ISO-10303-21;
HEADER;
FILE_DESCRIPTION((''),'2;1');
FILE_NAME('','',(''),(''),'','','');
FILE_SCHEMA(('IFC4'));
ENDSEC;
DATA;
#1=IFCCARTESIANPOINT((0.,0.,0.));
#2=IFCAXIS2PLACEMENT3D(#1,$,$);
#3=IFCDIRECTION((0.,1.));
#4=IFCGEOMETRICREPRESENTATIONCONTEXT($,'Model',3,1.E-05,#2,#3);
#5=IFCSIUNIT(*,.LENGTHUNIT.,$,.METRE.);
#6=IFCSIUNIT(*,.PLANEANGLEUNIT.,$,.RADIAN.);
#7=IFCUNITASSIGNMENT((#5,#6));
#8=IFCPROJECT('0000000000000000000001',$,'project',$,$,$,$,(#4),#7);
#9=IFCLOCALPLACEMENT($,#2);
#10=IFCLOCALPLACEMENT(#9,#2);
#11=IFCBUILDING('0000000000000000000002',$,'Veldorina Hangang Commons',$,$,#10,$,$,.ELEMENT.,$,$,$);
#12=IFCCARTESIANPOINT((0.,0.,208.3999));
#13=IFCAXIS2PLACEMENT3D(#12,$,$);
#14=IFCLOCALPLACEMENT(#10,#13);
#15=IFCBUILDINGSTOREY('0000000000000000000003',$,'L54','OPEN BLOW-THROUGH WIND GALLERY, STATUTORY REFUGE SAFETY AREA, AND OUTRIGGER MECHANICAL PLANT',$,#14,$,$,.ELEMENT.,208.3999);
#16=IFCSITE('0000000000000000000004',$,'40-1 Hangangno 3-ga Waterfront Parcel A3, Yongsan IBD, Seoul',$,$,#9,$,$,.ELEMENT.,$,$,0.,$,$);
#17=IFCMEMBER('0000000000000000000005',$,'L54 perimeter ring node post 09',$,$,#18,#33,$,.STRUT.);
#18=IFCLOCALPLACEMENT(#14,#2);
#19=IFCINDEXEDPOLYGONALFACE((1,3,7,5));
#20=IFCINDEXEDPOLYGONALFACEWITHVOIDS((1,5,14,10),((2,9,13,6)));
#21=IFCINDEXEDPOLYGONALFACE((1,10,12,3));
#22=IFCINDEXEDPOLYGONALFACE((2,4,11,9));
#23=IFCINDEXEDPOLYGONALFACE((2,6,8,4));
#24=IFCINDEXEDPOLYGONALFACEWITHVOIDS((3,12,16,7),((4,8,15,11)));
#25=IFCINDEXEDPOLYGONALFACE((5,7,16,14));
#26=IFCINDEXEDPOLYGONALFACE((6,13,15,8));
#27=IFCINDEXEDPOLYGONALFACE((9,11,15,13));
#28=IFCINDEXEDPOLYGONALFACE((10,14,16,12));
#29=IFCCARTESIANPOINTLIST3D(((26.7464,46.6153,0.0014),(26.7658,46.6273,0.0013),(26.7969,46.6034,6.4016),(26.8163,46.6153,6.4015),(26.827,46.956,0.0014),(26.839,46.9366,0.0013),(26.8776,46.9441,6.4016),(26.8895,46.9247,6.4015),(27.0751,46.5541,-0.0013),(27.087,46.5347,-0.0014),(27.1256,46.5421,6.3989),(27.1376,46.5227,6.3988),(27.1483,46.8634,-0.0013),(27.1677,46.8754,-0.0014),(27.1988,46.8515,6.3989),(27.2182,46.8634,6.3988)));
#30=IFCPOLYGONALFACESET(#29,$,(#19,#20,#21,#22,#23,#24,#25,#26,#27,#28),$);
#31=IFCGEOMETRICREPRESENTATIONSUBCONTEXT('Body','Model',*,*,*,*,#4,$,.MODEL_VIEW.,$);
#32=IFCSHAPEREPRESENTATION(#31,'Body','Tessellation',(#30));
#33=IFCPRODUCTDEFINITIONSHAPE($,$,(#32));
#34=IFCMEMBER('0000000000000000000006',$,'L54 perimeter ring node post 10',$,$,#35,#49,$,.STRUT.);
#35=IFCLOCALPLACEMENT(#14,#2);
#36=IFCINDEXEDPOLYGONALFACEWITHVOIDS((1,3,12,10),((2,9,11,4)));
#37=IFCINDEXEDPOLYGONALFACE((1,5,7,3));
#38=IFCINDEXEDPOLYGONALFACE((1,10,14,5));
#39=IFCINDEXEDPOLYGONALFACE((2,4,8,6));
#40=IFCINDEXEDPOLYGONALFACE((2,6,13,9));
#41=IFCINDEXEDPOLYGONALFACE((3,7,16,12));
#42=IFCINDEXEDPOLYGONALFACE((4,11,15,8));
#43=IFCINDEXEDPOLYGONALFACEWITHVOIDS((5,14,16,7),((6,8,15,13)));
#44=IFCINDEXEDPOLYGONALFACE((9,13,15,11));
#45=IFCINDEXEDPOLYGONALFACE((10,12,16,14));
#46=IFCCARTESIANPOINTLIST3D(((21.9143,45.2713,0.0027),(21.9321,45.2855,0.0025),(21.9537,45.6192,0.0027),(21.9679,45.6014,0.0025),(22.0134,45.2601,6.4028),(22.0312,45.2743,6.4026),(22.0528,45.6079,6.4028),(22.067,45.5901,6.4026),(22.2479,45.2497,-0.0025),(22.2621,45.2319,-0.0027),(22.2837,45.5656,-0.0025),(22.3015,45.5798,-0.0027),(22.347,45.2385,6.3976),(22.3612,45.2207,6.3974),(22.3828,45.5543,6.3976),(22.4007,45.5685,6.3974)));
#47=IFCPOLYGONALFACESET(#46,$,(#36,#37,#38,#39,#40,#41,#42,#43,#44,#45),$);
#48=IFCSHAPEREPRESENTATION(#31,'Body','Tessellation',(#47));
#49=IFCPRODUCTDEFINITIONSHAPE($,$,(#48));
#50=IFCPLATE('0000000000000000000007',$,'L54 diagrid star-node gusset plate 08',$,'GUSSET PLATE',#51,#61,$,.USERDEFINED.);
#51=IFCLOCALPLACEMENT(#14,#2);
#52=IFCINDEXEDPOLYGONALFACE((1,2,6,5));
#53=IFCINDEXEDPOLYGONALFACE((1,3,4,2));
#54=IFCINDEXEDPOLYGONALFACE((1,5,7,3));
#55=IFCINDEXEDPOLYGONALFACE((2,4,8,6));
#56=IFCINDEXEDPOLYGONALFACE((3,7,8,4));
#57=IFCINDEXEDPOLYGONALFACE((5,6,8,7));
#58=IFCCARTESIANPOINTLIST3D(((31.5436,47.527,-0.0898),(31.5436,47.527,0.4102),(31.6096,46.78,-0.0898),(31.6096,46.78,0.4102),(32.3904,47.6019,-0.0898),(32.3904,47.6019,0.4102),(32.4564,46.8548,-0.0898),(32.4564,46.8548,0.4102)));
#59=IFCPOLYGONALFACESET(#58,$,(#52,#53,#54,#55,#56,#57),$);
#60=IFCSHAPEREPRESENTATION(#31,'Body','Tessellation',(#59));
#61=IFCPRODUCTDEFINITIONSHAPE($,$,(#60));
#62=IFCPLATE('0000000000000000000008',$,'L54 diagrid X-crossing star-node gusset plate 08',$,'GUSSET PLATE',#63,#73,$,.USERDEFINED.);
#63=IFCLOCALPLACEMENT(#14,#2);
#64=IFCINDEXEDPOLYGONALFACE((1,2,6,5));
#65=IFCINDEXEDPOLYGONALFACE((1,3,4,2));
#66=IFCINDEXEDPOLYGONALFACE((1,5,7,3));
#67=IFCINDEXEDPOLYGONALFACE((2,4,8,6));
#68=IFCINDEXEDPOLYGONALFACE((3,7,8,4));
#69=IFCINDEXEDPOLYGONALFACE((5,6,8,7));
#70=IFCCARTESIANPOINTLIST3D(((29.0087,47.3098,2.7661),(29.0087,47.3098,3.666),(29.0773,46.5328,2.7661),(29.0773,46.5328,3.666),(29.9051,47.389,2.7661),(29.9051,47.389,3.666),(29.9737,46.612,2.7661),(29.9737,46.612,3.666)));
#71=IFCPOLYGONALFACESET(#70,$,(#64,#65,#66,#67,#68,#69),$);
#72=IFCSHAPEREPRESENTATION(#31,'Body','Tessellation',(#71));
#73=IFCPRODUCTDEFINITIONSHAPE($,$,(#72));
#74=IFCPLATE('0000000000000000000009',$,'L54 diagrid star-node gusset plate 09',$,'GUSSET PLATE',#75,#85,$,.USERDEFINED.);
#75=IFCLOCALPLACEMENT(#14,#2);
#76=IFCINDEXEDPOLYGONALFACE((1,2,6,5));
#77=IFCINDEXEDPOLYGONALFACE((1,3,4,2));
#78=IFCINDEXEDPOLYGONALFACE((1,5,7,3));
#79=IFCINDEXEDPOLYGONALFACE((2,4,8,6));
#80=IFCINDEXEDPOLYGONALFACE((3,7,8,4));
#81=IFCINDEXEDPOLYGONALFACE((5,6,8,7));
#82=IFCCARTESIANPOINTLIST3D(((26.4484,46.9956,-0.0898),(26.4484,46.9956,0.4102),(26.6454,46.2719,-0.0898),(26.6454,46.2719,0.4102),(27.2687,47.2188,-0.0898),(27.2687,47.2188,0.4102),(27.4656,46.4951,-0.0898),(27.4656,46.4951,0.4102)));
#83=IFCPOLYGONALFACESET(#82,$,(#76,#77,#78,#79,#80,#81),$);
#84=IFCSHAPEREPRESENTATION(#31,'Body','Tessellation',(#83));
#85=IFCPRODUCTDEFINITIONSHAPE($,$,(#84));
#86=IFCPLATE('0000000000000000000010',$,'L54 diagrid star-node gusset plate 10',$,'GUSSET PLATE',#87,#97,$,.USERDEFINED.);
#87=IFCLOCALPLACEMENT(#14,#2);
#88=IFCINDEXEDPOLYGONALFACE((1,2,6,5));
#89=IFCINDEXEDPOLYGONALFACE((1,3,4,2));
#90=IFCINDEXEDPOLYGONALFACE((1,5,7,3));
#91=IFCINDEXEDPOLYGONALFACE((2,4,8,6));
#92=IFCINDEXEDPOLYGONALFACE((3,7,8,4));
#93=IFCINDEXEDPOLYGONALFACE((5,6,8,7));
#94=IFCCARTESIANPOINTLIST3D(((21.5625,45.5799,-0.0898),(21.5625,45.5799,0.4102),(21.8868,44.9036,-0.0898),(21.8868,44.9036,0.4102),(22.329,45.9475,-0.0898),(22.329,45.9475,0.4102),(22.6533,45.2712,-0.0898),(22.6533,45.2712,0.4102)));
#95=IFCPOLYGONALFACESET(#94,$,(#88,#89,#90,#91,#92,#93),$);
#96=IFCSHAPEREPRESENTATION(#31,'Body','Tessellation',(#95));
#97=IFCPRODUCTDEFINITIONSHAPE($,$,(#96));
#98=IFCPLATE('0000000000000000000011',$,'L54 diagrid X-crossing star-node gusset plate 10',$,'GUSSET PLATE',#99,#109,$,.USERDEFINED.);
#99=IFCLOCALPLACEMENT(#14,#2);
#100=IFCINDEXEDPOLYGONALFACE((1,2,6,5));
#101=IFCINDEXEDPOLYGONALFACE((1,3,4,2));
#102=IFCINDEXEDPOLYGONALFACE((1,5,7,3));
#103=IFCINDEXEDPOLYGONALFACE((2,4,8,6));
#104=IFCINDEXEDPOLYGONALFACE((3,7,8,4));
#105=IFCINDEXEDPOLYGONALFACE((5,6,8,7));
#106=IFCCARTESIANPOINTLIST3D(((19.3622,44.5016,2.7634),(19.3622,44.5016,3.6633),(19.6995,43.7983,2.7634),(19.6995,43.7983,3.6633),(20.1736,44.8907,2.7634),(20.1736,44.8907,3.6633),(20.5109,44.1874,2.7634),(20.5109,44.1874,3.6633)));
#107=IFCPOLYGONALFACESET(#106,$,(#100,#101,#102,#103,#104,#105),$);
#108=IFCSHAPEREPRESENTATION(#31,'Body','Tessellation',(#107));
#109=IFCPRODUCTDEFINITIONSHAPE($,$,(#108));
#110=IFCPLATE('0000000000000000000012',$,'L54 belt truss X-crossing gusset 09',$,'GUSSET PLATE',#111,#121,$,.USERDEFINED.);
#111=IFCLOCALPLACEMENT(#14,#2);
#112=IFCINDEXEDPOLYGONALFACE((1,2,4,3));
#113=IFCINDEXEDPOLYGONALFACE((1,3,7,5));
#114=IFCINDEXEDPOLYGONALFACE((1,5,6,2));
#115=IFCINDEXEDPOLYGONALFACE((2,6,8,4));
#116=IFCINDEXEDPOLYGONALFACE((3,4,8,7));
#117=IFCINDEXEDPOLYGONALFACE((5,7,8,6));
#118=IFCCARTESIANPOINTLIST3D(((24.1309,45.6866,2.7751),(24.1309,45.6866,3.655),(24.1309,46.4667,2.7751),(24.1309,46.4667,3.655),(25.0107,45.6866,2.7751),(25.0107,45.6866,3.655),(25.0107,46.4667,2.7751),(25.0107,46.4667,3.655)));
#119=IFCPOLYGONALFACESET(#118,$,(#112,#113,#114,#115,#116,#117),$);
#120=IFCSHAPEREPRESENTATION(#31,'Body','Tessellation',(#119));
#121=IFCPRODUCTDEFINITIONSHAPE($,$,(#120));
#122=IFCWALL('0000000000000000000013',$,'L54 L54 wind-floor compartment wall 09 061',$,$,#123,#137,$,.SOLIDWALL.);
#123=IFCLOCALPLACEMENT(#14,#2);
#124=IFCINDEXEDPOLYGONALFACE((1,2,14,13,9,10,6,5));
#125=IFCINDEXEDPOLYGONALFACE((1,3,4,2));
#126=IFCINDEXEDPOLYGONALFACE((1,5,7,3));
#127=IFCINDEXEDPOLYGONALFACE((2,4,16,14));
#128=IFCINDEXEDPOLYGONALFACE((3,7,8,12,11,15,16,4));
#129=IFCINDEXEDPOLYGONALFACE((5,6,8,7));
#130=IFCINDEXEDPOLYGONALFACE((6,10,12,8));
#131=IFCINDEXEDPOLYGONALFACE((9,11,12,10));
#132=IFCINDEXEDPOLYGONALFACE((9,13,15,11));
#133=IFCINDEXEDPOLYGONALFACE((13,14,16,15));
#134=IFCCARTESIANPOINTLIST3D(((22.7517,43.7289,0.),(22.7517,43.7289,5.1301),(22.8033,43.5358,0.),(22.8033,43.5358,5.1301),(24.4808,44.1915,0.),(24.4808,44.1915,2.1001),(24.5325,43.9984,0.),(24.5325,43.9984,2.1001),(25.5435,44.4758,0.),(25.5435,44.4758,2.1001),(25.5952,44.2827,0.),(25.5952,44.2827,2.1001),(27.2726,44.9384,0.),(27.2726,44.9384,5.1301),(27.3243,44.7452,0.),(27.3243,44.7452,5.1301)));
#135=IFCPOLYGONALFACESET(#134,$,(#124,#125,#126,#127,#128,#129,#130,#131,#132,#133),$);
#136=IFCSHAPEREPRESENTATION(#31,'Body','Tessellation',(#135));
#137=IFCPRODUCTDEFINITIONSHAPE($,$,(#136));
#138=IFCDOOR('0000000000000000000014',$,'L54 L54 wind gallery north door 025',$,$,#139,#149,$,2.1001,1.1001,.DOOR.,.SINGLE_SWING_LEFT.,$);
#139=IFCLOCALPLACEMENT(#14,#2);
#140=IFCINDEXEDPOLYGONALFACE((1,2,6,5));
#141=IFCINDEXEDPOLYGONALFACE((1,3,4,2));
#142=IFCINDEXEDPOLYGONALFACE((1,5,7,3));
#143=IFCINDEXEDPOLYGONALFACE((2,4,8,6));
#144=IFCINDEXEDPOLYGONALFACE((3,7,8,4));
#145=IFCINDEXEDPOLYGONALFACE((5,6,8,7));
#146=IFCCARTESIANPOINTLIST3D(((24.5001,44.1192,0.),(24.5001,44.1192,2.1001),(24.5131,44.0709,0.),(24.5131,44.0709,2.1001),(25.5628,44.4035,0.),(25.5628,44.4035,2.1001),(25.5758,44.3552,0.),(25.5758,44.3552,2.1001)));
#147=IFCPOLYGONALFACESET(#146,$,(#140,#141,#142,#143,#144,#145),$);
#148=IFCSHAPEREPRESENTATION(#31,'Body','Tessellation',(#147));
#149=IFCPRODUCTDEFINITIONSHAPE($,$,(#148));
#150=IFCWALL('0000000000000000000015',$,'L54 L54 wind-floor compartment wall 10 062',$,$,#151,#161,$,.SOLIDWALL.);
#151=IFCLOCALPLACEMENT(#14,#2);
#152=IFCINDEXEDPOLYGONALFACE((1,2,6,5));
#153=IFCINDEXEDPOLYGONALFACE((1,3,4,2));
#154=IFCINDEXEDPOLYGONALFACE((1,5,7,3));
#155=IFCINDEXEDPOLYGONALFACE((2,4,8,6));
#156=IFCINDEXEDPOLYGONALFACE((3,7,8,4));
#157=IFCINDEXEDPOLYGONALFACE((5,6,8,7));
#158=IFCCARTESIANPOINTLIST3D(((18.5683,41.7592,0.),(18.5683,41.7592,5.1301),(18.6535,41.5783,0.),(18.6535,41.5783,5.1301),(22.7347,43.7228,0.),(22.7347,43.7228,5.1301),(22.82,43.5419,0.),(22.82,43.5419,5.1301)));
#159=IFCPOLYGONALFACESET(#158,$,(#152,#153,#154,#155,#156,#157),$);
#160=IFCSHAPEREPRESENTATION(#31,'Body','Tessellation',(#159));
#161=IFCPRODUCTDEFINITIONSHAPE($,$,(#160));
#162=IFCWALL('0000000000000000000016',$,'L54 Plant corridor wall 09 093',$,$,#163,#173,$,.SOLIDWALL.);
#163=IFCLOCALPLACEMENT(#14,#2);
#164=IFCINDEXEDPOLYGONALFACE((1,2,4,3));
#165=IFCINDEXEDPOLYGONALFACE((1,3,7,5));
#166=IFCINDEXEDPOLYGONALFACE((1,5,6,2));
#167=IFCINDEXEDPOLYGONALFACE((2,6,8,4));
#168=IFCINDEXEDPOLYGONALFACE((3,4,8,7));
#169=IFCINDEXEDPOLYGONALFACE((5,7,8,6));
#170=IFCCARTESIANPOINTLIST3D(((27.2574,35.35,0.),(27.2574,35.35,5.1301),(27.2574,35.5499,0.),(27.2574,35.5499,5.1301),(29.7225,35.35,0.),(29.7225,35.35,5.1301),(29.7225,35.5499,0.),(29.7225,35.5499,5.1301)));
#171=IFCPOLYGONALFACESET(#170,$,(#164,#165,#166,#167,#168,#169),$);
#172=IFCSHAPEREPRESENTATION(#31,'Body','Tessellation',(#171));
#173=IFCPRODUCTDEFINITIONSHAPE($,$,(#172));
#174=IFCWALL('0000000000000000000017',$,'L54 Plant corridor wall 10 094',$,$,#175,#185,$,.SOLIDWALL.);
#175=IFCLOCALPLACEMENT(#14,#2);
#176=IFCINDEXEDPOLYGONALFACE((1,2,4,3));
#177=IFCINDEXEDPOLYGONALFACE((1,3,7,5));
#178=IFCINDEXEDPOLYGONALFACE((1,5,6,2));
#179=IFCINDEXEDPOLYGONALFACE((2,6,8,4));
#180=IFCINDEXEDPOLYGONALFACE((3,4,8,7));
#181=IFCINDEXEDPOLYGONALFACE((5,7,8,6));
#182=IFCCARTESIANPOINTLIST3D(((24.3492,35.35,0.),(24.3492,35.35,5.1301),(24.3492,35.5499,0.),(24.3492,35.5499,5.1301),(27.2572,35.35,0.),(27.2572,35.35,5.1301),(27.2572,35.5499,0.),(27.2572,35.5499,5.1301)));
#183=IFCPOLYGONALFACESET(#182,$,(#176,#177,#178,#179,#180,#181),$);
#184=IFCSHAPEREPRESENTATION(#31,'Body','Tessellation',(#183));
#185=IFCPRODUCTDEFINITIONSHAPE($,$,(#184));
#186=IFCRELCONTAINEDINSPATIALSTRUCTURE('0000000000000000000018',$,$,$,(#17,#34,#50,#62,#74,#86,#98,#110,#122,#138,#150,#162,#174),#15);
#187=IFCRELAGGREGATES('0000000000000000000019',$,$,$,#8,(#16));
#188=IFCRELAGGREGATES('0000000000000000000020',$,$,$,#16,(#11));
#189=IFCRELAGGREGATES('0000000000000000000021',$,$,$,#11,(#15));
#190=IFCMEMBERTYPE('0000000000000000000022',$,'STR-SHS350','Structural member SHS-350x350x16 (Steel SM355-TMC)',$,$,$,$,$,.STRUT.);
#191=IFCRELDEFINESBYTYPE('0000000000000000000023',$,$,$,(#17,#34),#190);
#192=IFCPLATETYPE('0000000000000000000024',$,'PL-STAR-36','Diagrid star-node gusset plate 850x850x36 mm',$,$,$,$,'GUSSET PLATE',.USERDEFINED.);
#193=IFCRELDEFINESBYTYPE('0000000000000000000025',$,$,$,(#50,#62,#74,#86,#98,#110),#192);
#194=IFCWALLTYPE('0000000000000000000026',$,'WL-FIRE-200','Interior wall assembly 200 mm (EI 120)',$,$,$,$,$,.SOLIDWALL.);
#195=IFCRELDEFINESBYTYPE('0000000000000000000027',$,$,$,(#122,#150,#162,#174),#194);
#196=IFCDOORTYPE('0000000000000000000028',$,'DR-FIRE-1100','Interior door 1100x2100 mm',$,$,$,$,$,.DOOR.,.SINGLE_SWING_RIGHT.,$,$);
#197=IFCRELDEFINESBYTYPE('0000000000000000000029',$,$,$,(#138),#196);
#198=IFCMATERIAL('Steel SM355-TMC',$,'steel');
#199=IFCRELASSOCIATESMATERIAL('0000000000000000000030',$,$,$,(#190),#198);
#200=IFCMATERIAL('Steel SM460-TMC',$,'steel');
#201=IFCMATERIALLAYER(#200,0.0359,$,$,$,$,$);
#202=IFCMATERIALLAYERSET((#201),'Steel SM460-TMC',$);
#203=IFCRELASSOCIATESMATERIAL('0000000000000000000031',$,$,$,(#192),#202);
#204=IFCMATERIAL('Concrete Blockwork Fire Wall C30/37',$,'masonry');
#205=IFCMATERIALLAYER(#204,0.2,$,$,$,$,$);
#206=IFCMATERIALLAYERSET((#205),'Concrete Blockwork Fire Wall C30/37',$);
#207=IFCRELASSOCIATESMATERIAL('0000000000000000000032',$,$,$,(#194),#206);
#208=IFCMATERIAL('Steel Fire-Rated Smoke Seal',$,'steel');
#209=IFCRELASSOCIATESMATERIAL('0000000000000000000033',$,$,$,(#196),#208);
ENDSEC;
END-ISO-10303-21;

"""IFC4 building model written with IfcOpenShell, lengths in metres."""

from ifc_helpers import new_model, si_unit, direction, frame, frame_2d, origin, origin_2d, place, context, subcontext, project, spatial, rectangle, hollow_rectangle, extrude, material, layer, layer_set, material_profile, profile_set, type_object, element, fill, save


model = new_model("IFC4")

# Units and contexts
model_context = context("Model", 3, precision=1e-05, world=origin(), true_north=direction((0.0, 1.0)))
body_context = subcontext(model_context, "Body", "Model", "MODEL_VIEW")
ifc_project = project(units=[si_unit("LENGTHUNIT", "METRE"), si_unit("PLANEANGLEUNIT", "RADIAN")], contexts=[model_context])

# Site, building, storey
site_placement = place(None, origin())
site = spatial("IfcSite", under=ifc_project, at=site_placement, Name="40-1 Hangangno 3-ga Waterfront Parcel A3, Yongsan IBD, Seoul", CompositionType="ELEMENT", RefElevation=0.0)
building_placement = place(site_placement, origin())
building = spatial("IfcBuilding", under=site, at=building_placement, Name="Veldorina Hangang Commons", CompositionType="ELEMENT")
storey_placement = place(building_placement, frame((0.0, 0.0, 208.3999)))
storey = spatial("IfcBuildingStorey", under=building, at=storey_placement, Name="L54", Description="OPEN BLOW-THROUGH WIND GALLERY, STATUTORY REFUGE SAFETY AREA, AND OUTRIGGER MECHANICAL PLANT", CompositionType="ELEMENT", Elevation=208.3999)

# Shared definitions
ifc_material_1 = material(Name="Steel SM460-TMC", Category="steel")

# Members
ifc_material_2 = material(Name="Steel SM355-TMC", Category="steel")
ifc_material_profile_1 = material_profile(ifc_material_2, hollow_rectangle(XDim=0.3501, YDim=0.3501, WallThickness=0.0161, at=origin_2d()), Name="SHS-350x350x16")
ifc_profile_set_1 = profile_set([ifc_material_profile_1], Name="Steel SM355-TMC")
member_type_1 = type_object("IfcMemberType", Name="STR-SHS350", Description="Structural member SHS-350x350x16 (Steel SM355-TMC)", PredefinedType="STRUT", material=ifc_profile_set_1)
member_1_placement = place(storey_placement, frame((26.957, 46.7454, 0.0), z_axis=(0.007896, -0.001869, 0.999967), x_axis=(0.230349, 0.973108, 0.0)))
element("IfcMember", 1, at=member_1_placement, inside=storey, type_object=member_type_1, Name="L54 perimeter ring node post 09", PredefinedType="STRUT", context=body_context, shape_type="SweptSolid", body=[
    extrude(hollow_rectangle(XDim=0.3501, YDim=0.3501, WallThickness=0.0161, at=origin_2d()), origin(), (0.0, 0.0, 1.0), 6.4004),
])
member_2_placement = place(storey_placement, frame((22.1079, 45.4255, 0.0), z_axis=(0.015485, -0.001755, 0.999879), x_axis=(0.11258, 0.993643, 0.0)))
element("IfcMember", 2, at=member_2_placement, inside=storey, type_object=member_type_1, Name="L54 perimeter ring node post 10", PredefinedType="STRUT", context=body_context, shape_type="SweptSolid", body=[
    extrude(hollow_rectangle(XDim=0.3501, YDim=0.3501, WallThickness=0.0161, at=origin_2d()), origin(), (0.0, 0.0, 1.0), 6.4009),
])

# Plates
ifc_layer_1 = layer(ifc_material_1, 0.0359)
ifc_layer_set_1 = layer_set([ifc_layer_1], Name="Steel SM460-TMC")
plate_type = type_object("IfcPlateType", Name="PL-STAR-36", Description="Diagrid star-node gusset plate 850x850x36 mm", ElementType="GUSSET PLATE", PredefinedType="USERDEFINED", material=ifc_layer_set_1)
plate_1_placement = place(storey_placement, frame((32.0, 47.1909, -0.0898), z_axis=(0.0, 0.0, 1.0), x_axis=(-0.996118, -0.088025, 0.0)))
element("IfcPlate", 3, at=plate_1_placement, inside=storey, type_object=plate_type, Name="L54 diagrid star-node gusset plate 08", ObjectType="GUSSET PLATE", PredefinedType="USERDEFINED", context=body_context, shape_type="SweptSolid", body=[
    extrude(rectangle(XDim=0.8501, YDim=0.75, at=origin_2d()), origin(), (0.0, 0.0, 1.0), 0.5),
])
plate_2_placement = place(storey_placement, frame((29.4912, 46.9609, 2.7661), z_axis=(0.0, 0.0, 1.0), x_axis=(-0.996118, -0.088025, 0.0)))
element("IfcPlate", 4, at=plate_2_placement, inside=storey, type_object=plate_type, Name="L54 diagrid X-crossing star-node gusset plate 08", ObjectType="GUSSET PLATE", PredefinedType="USERDEFINED", context=body_context, shape_type="SweptSolid", body=[
    extrude(rectangle(XDim=0.8999, YDim=0.78, at=origin_2d()), origin(), (0.0, 0.0, 1.0), 0.8999),
])
for number, where, z_axis, x_axis, name in (
    (5, (26.957, 46.7454, -0.0898), (0.0, 0.0, 1.0), (-0.964907, -0.262593, 0.0), "L54 diagrid star-node gusset plate 09"),
    (6, (22.1079, 45.4255, -0.0898), (0.0, 0.0, 1.0), (-0.901682, -0.432401, 0.0), "L54 diagrid star-node gusset plate 10"),
):
    element("IfcPlate", number, at=place(storey_placement, frame(where, z_axis=z_axis, x_axis=x_axis)), inside=storey, type_object=plate_type, Name=name, ObjectType="GUSSET PLATE", PredefinedType="USERDEFINED", context=body_context, shape_type="SweptSolid", body=[
        extrude(rectangle(XDim=0.8501, YDim=0.75, at=origin_2d()), origin(), (0.0, 0.0, 1.0), 0.5),
    ])
plate_3_placement = place(storey_placement, frame((19.9365, 44.3445, 2.7634), z_axis=(0.0, 0.0, 1.0), x_axis=(-0.901682, -0.432401, 0.0)))
element("IfcPlate", 7, at=plate_3_placement, inside=storey, type_object=plate_type, Name="L54 diagrid X-crossing star-node gusset plate 10", ObjectType="GUSSET PLATE", PredefinedType="USERDEFINED", context=body_context, shape_type="SweptSolid", body=[
    extrude(rectangle(XDim=0.8999, YDim=0.78, at=origin_2d()), origin(), (0.0, 0.0, 1.0), 0.8999),
])
plate_4_placement = place(storey_placement, frame((24.5708, 46.0767, 2.7751), z_axis=(0.0, 0.0, 1.0), x_axis=(1.0, 0.0, 0.0)))
element("IfcPlate", 8, at=plate_4_placement, inside=storey, type_object=plate_type, Name="L54 belt truss X-crossing gusset 09", ObjectType="GUSSET PLATE", PredefinedType="USERDEFINED", context=body_context, shape_type="SweptSolid", body=[
    extrude(rectangle(XDim=0.8799, YDim=0.78, at=origin_2d()), origin(), (0.0, 0.0, 1.0), 0.8799),
])

# Wall, opening, door
ifc_material_3 = material(Name="Concrete Blockwork Fire Wall C30/37", Category="masonry")
ifc_layer_2 = layer(ifc_material_3, 0.2)
ifc_layer_set_2 = layer_set([ifc_layer_2], Name="Concrete Blockwork Fire Wall C30/37")
wall_type = type_object("IfcWallType", Name="WL-FIRE-200", Description="Interior wall assembly 200 mm (EI 120)", PredefinedType="SOLIDWALL", material=ifc_layer_set_2)
wall_1_placement = place(storey_placement, frame((27.2983, 44.8418, 0.0), z_axis=(0.0, 0.0, 1.0), x_axis=(-0.966029, -0.258435, 0.0)))
wall_1 = element("IfcWall", 9, at=wall_1_placement, inside=storey, type_object=wall_type, Name="L54 L54 wind-floor compartment wall 09 061", PredefinedType="SOLIDWALL", context=body_context, shape_type="SweptSolid", body=[
    extrude(rectangle(XDim=4.6799, YDim=0.2, at=frame_2d((2.3398, 0.0))), origin(), (0.0, 0.0, 1.0), 5.1301),
])
opening_1_placement = place(wall_1_placement, frame((1.7898, 0.0, 0.0)))
opening_1 = element("IfcOpeningElement", 10, at=opening_1_placement, cuts=wall_1, PredefinedType="OPENING", context=body_context, shape_type="SweptSolid", body=[
    extrude(rectangle(XDim=1.1001, YDim=2.1001, at=frame_2d((0.55, 1.05))), frame((0.0, 0.1099, 0.0), z_axis=(0.0, -1.0, 0.0), x_axis=(1.0, 0.0, 0.0)), (0.0, 0.0, 1.0), 0.22),
])
ifc_material_4 = material(Name="Steel Fire-Rated Smoke Seal", Category="steel")
door_type_1 = type_object("IfcDoorType", Name="DR-FIRE-1100", Description="Interior door 1100x2100 mm", OperationType="SINGLE_SWING_RIGHT", PredefinedType="DOOR", material=ifc_material_4)
door_1_placement = place(opening_1_placement, origin())
door_1 = element("IfcDoor", 11, at=door_1_placement, inside=storey, type_object=door_type_1, Name="L54 L54 wind gallery north door 025", OperationType="SINGLE_SWING_LEFT", OverallHeight=2.1001, OverallWidth=1.1001, PredefinedType="DOOR", context=body_context, shape_type="SweptSolid", body=[
    extrude(rectangle(XDim=1.1001, YDim=2.1001, at=frame_2d((0.55, 1.05))), frame((0.0, 0.0249, 0.0), z_axis=(0.0, -1.0, 0.0), x_axis=(1.0, 0.0, 0.0)), (0.0, 0.0, 1.0), 0.05),
])
fill(opening_1, door_1)

# Walls
wall_2_placement = place(storey_placement, frame((22.7773, 43.6323, 0.0), z_axis=(0.0, 0.0, 1.0), x_axis=(-0.904575, -0.426315, 0.0)))
element("IfcWall", 12, at=wall_2_placement, inside=storey, type_object=wall_type, Name="L54 L54 wind-floor compartment wall 10 062", PredefinedType="SOLIDWALL", context=body_context, shape_type="SweptSolid", body=[
    extrude(rectangle(XDim=4.606, YDim=0.2, at=frame_2d((2.303, 0.0))), origin(), (0.0, 0.0, 1.0), 5.1301),
])
wall_3_placement = place(storey_placement, frame((29.7224, 35.45, 0.0), z_axis=(0.0, 0.0, 1.0), x_axis=(-1.0, 0.0, 0.0)))
element("IfcWall", 13, at=wall_3_placement, inside=storey, type_object=wall_type, Name="L54 Plant corridor wall 09 093", PredefinedType="SOLIDWALL", context=body_context, shape_type="SweptSolid", body=[
    extrude(rectangle(XDim=2.4651, YDim=0.2, at=frame_2d((1.2324, 0.0))), origin(), (0.0, 0.0, 1.0), 5.1301),
])
wall_4_placement = place(storey_placement, frame((27.2573, 35.45, 0.0), z_axis=(0.0, 0.0, 1.0), x_axis=(-1.0, 0.0, 0.0)))
element("IfcWall", 14, at=wall_4_placement, inside=storey, type_object=wall_type, Name="L54 Plant corridor wall 10 094", PredefinedType="SOLIDWALL", context=body_context, shape_type="SweptSolid", body=[
    extrude(rectangle(XDim=2.908, YDim=0.2, at=frame_2d((1.4541, 0.0))), origin(), (0.0, 0.0, 1.0), 5.1301),
])

save(model, "model.ifc")
